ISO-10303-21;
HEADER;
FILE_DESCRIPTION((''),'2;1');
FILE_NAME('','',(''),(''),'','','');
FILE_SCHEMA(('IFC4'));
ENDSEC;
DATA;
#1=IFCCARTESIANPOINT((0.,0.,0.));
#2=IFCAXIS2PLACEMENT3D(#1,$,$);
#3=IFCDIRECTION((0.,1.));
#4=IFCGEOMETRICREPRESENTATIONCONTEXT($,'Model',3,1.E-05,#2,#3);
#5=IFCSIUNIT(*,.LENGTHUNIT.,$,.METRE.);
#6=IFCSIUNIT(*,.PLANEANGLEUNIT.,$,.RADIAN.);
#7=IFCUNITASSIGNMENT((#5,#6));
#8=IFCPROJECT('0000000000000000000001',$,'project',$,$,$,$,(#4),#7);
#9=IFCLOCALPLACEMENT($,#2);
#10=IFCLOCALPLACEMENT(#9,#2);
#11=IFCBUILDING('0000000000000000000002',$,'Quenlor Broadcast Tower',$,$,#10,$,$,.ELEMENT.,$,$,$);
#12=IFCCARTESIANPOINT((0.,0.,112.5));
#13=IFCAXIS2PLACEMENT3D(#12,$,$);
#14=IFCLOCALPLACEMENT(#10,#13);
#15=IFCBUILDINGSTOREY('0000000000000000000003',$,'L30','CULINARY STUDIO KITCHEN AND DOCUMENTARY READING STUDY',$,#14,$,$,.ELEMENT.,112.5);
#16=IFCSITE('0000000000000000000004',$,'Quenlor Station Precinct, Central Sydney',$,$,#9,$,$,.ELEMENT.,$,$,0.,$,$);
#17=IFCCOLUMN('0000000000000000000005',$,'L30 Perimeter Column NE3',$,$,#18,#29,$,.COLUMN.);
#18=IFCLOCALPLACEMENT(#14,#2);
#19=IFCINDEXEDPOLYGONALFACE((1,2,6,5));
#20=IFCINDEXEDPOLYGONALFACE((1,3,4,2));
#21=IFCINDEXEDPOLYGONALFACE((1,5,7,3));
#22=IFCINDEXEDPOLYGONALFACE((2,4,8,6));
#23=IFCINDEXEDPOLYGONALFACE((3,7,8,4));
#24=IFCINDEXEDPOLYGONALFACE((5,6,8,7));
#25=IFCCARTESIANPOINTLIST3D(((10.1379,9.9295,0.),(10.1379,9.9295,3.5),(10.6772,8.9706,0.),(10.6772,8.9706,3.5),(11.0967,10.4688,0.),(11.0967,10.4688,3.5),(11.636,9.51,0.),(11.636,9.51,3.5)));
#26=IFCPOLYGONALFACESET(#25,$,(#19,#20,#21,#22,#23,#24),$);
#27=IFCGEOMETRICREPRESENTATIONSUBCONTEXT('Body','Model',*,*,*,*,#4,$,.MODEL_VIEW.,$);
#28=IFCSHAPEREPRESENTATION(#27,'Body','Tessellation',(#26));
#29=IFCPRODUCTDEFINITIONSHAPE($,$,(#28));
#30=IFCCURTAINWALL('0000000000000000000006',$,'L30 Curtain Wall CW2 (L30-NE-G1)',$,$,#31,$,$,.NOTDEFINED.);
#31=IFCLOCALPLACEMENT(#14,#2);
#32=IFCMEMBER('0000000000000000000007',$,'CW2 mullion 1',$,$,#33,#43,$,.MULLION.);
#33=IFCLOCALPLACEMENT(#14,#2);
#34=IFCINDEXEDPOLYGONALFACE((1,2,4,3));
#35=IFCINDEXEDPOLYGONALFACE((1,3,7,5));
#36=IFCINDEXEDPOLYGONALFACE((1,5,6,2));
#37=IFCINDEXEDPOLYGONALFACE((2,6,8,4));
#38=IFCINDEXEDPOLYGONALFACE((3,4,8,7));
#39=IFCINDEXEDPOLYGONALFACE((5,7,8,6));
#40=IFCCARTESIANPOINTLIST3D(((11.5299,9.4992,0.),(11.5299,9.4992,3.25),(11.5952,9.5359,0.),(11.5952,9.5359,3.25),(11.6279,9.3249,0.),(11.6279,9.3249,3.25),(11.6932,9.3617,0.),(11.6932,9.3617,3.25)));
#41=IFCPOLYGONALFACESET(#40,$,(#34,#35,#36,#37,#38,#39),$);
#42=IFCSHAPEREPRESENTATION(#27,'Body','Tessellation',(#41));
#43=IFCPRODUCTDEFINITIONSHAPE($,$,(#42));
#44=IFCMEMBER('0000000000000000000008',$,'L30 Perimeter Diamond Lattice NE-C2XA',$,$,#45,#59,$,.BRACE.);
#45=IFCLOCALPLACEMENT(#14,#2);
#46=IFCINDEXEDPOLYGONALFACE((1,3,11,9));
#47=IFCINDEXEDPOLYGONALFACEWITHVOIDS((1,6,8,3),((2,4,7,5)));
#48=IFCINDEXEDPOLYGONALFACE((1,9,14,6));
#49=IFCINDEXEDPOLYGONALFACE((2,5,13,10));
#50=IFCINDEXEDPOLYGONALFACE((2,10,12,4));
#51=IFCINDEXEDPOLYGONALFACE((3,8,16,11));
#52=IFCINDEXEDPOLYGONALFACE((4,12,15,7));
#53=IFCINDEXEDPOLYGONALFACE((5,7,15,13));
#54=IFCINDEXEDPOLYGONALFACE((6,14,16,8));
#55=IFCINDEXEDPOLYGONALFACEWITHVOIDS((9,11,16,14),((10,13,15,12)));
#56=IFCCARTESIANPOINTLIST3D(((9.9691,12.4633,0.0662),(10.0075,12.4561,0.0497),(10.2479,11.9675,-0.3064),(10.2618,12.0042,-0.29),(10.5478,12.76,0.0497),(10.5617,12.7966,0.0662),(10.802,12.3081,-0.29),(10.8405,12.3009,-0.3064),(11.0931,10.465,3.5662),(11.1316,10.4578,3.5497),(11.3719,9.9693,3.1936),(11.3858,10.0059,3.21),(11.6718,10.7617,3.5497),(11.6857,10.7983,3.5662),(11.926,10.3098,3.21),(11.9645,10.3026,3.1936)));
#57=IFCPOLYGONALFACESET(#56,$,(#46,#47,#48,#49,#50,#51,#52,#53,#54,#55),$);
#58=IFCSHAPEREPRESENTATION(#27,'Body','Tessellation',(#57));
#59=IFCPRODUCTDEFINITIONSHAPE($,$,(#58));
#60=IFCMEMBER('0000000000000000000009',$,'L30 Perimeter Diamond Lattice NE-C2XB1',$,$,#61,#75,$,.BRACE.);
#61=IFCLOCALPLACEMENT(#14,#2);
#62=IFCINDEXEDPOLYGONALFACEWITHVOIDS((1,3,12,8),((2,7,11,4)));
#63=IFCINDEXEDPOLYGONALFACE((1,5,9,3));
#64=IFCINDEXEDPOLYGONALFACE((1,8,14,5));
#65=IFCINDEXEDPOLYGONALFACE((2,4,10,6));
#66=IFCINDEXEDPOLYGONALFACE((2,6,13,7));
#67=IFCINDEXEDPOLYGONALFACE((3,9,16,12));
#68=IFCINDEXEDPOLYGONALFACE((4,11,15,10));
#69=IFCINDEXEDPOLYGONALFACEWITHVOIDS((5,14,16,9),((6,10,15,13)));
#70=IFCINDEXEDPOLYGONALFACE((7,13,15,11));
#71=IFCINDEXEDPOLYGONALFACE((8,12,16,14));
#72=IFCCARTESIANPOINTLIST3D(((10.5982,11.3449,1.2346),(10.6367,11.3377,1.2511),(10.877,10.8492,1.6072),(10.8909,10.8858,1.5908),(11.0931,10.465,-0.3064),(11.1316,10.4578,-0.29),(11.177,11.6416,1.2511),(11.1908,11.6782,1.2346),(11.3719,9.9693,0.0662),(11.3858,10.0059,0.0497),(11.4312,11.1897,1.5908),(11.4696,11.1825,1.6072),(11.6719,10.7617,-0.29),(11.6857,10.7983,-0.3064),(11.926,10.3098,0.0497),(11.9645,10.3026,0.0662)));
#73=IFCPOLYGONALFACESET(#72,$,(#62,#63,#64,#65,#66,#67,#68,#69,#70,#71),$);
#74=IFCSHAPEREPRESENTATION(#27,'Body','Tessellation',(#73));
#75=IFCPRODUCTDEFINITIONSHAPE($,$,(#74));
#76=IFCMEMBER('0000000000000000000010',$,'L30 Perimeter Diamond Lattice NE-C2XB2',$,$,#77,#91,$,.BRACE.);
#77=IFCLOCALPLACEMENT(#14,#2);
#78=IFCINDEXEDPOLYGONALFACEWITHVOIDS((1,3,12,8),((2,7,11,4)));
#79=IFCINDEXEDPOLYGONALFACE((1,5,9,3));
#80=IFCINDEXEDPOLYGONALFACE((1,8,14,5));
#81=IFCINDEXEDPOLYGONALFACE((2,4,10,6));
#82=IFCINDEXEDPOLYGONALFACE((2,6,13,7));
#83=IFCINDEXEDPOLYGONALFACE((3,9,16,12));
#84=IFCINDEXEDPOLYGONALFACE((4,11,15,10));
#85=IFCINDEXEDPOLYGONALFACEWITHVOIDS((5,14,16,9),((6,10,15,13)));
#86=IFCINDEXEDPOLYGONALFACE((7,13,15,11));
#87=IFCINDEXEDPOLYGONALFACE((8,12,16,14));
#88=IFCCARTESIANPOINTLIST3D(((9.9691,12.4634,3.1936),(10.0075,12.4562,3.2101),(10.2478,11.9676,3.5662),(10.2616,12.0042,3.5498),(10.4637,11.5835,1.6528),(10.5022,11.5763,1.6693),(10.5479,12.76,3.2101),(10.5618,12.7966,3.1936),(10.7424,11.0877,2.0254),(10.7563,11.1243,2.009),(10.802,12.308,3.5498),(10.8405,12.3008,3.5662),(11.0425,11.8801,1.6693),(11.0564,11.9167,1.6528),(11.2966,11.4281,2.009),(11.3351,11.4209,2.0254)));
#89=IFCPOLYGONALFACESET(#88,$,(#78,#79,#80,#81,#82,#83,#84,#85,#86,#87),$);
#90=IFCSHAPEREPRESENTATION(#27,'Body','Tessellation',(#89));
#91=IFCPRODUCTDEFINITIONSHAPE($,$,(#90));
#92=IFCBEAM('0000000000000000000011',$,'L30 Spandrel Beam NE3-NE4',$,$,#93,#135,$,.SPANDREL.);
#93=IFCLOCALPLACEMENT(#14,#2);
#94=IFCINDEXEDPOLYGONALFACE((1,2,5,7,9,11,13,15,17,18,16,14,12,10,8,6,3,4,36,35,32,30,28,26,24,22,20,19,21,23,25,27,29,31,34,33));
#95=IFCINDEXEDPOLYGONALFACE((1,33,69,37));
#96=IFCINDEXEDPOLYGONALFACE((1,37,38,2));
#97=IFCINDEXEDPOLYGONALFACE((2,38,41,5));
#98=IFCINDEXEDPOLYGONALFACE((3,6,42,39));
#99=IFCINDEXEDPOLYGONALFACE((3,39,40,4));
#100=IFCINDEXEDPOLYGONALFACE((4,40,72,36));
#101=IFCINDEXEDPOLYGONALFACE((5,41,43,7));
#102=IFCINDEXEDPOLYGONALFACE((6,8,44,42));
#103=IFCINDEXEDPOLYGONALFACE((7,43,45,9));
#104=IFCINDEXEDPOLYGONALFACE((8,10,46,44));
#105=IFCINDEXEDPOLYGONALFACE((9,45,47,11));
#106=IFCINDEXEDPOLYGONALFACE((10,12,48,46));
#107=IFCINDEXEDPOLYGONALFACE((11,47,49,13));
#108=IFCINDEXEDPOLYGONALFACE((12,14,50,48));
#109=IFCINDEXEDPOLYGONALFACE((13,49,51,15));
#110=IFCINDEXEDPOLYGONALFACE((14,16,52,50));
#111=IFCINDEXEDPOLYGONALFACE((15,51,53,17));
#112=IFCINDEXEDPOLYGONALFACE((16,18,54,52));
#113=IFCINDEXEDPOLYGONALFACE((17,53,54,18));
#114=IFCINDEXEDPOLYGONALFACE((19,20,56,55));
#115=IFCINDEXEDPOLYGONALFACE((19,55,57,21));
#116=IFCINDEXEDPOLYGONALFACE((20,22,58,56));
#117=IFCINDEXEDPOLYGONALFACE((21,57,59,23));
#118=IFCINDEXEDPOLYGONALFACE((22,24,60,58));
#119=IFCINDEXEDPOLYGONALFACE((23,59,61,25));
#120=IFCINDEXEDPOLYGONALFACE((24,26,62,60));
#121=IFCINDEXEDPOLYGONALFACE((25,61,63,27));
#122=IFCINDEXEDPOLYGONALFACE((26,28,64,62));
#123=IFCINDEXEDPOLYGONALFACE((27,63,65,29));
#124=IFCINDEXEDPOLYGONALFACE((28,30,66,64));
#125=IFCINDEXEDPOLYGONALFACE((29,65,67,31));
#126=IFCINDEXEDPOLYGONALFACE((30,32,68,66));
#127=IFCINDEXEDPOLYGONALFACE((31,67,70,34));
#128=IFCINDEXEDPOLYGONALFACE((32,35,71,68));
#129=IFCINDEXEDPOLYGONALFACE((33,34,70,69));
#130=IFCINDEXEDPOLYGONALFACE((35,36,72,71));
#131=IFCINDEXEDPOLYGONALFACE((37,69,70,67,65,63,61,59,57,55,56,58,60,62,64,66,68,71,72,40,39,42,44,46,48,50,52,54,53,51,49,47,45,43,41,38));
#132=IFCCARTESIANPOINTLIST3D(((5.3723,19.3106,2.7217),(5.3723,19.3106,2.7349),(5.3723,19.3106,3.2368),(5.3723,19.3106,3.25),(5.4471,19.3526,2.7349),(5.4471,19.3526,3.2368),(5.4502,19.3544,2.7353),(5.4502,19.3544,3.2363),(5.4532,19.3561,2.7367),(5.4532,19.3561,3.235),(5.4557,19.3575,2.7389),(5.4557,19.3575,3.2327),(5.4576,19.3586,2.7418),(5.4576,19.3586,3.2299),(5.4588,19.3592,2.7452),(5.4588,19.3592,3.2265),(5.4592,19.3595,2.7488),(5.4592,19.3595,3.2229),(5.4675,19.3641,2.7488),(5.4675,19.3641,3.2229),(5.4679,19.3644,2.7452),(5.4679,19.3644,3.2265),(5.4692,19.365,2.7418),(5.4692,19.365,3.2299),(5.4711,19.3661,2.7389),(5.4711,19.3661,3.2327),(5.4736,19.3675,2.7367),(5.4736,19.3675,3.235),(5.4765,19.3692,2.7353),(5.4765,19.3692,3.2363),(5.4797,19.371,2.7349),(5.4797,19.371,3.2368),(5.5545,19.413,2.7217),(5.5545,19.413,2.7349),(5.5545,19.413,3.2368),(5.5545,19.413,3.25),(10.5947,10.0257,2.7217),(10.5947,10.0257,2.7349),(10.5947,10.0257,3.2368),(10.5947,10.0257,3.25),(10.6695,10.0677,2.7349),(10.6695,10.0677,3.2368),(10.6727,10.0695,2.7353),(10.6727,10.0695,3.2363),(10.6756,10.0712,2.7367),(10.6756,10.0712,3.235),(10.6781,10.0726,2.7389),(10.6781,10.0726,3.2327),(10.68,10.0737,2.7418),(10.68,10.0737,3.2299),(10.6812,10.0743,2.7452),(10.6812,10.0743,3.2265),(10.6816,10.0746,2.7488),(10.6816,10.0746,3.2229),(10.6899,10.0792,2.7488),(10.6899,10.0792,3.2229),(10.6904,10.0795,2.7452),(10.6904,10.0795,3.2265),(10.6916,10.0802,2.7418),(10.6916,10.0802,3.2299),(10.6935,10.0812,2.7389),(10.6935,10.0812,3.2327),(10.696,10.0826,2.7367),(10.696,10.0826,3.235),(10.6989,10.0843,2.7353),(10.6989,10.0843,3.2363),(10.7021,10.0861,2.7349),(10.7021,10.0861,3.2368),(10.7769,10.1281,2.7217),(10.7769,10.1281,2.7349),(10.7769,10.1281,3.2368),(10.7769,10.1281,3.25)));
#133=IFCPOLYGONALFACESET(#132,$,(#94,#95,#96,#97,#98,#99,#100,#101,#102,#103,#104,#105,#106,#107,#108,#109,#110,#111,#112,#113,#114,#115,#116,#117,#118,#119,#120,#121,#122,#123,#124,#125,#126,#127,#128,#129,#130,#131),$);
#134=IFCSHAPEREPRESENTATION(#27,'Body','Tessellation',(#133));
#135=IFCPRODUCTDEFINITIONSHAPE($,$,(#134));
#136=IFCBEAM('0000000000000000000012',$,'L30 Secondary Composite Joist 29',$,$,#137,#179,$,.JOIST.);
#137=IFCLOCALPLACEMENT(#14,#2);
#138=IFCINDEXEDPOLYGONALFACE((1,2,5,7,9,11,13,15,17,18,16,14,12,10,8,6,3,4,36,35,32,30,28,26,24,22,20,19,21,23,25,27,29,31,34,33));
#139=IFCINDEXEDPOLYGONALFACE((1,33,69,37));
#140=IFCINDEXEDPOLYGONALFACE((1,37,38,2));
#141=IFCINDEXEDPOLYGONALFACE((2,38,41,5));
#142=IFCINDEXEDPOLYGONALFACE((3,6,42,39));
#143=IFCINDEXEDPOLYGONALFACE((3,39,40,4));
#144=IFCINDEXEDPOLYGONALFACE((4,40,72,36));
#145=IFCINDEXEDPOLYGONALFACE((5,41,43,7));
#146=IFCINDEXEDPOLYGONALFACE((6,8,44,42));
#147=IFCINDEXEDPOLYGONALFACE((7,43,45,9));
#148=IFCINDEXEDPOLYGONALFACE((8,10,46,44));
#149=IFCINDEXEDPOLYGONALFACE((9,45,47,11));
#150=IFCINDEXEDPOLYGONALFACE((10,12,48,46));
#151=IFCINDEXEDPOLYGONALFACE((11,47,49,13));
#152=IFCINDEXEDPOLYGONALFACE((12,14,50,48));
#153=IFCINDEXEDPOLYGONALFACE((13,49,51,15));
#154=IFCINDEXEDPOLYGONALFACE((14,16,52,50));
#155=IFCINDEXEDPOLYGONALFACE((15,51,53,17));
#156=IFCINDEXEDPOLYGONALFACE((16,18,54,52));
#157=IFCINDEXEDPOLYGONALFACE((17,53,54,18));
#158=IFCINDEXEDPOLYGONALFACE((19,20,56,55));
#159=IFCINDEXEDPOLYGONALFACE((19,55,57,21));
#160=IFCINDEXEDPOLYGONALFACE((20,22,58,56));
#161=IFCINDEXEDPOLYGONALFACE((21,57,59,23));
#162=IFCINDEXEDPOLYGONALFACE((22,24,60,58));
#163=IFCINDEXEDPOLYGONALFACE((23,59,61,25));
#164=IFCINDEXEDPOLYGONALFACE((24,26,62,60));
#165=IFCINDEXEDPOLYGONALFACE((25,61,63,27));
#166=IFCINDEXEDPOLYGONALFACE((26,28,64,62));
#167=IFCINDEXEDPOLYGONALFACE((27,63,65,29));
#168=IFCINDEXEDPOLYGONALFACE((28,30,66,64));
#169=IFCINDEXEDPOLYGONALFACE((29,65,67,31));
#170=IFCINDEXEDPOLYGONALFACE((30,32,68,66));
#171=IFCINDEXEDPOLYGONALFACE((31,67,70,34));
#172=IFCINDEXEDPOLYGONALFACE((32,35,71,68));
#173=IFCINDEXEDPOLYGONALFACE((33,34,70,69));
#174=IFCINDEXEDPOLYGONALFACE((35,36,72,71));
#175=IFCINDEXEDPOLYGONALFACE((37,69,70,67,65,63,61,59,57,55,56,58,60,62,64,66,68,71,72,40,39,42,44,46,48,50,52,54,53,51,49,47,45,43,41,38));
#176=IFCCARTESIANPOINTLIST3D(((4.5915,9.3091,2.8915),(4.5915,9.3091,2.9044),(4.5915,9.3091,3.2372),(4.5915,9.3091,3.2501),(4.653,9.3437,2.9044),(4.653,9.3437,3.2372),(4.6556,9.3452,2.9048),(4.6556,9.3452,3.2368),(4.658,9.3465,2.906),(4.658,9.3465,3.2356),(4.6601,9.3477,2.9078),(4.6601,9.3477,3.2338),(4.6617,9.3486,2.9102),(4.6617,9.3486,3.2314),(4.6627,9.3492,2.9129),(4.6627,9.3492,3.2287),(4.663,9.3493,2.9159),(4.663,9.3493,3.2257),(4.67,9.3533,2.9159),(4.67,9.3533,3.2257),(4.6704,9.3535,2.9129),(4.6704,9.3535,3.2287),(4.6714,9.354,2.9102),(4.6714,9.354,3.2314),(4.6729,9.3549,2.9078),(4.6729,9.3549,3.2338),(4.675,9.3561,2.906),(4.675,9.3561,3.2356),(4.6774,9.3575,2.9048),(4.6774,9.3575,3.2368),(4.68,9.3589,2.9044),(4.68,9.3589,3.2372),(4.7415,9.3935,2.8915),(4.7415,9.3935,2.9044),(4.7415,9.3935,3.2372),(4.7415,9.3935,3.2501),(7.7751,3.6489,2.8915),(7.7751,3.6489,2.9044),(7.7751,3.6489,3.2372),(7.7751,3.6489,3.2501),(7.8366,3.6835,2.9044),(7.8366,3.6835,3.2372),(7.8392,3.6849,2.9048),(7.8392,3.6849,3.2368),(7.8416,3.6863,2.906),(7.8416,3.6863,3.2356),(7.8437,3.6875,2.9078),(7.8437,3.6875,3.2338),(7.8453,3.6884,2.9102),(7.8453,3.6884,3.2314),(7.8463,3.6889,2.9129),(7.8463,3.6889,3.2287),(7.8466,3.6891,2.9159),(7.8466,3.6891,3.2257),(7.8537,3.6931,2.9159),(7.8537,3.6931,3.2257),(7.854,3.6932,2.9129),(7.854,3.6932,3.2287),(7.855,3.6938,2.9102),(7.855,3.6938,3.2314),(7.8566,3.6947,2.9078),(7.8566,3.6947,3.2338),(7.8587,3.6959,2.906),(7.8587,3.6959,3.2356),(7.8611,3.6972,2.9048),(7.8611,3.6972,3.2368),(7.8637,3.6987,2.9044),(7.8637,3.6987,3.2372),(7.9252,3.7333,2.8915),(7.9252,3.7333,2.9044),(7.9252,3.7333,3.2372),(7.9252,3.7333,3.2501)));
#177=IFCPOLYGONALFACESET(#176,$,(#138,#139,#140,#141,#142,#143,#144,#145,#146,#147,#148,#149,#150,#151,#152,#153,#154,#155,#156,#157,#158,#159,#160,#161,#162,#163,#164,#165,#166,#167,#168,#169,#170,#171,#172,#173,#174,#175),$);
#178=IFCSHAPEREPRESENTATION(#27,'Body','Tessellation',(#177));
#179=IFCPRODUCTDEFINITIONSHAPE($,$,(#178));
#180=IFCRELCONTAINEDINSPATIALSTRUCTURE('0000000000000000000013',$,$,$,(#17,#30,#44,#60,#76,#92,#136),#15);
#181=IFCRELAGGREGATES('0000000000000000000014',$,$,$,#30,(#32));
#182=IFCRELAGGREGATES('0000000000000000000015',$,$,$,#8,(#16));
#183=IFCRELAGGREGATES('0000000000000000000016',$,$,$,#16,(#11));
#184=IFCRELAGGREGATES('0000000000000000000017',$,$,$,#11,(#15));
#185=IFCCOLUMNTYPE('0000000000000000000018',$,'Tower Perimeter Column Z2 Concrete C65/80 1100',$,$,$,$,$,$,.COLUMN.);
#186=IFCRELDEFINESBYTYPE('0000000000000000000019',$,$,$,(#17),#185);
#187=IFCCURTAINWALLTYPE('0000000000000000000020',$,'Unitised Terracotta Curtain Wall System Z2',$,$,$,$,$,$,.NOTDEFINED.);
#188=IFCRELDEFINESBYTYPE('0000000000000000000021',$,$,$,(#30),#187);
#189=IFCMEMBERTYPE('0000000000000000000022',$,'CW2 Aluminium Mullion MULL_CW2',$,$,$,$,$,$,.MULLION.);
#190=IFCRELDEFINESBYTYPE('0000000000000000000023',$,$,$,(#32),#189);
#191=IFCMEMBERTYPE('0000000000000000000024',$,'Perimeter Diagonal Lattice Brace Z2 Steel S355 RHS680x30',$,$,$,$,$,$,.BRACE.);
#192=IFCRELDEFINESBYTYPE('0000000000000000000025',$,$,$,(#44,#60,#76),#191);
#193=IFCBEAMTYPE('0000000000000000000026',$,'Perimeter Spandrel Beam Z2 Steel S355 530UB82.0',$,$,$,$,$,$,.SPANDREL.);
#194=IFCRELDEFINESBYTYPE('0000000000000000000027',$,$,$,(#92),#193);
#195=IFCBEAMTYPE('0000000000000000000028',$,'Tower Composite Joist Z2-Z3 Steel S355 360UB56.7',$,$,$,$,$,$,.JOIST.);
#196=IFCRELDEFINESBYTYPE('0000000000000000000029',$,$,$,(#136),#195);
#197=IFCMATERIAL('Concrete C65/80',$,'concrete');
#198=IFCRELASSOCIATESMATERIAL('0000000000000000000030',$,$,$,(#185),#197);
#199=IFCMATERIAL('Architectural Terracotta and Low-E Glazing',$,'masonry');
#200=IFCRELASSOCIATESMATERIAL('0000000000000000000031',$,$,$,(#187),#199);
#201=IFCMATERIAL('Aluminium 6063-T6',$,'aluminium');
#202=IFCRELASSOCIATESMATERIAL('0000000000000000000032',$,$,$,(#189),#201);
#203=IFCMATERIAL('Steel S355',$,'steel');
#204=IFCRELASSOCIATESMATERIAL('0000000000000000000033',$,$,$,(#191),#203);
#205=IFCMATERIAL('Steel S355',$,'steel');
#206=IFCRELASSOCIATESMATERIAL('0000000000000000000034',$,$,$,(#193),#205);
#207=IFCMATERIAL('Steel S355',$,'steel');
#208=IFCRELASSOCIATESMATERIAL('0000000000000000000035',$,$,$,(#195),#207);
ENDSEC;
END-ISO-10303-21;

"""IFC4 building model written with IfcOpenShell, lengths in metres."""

from ifc_helpers import new_model, si_unit, direction, frame, origin, origin_2d, place, context, subcontext, project, spatial, rectangle, hollow_rectangle, i_section, extrude, material, material_profile, profile_set, type_object, element, aggregate, save


model = new_model("IFC4")

# Units and contexts
model_context = context("Model", 3, precision=1e-05, world=origin(), true_north=direction((0.0, 1.0)))
body_context = subcontext(model_context, "Body", "Model", "MODEL_VIEW")
ifc_project = project(units=[si_unit("LENGTHUNIT", "METRE"), si_unit("PLANEANGLEUNIT", "RADIAN")], contexts=[model_context])

# Site, building, storey
site_placement = place(None, origin())
site = spatial("IfcSite", under=ifc_project, at=site_placement, Name="Quenlor Station Precinct, Central Sydney", CompositionType="ELEMENT", RefElevation=0.0)
building_placement = place(site_placement, origin())
building = spatial("IfcBuilding", under=site, at=building_placement, Name="Quenlor Broadcast Tower", CompositionType="ELEMENT")
storey_placement = place(building_placement, frame((0.0, 0.0, 112.5)))
storey = spatial("IfcBuildingStorey", under=building, at=storey_placement, Name="L30", Description="CULINARY STUDIO KITCHEN AND DOCUMENTARY READING STUDY", CompositionType="ELEMENT", Elevation=112.5)

# Column
ifc_material_1 = material(Name="Concrete C65/80", Category="concrete")
ifc_material_profile_1 = material_profile(ifc_material_1, rectangle(XDim=1.1001, YDim=1.1001, at=origin_2d()))
ifc_profile_set_1 = profile_set([ifc_material_profile_1], Name="Concrete C65/80 RC1100x1100")
column_type = type_object("IfcColumnType", Name="Tower Perimeter Column Z2 Concrete C65/80 1100", PredefinedType="COLUMN", material=ifc_profile_set_1)
column_placement = place(storey_placement, frame((10.887, 9.7197, 0.0), z_axis=(0.0, 0.0, 1.0), x_axis=(0.871575, 0.490262, 0.0)))
element("IfcColumn", 1, at=column_placement, inside=storey, type_object=column_type, Name="L30 Perimeter Column NE3", PredefinedType="COLUMN", context=body_context, shape_type="SweptSolid", body=[
    extrude(rectangle(XDim=1.1001, YDim=1.1001, at=origin_2d()), origin(), (0.0, 0.0, 1.0), 3.5),
])

# Curtain wall, member
ifc_material_2 = material(Name="Architectural Terracotta and Low-E Glazing", Category="masonry")
curtain_wall_type = type_object("IfcCurtainWallType", Name="Unitised Terracotta Curtain Wall System Z2", PredefinedType="NOTDEFINED", material=ifc_material_2)
curtain_wall_placement = place(storey_placement, origin())
curtain_wall = element("IfcCurtainWall", 2, at=curtain_wall_placement, inside=storey, type_object=curtain_wall_type, Name="L30 Curtain Wall CW2 (L30-NE-G1)", PredefinedType="NOTDEFINED")
ifc_material_3 = material(Name="Aluminium 6063-T6", Category="aluminium")
ifc_material_profile_2 = material_profile(ifc_material_3, rectangle(XDim=0.075, YDim=0.2, at=origin_2d()))
ifc_profile_set_2 = profile_set([ifc_material_profile_2], Name="Aluminium 6063-T6 MULL75x200")
member_type_1 = type_object("IfcMemberType", Name="CW2 Aluminium Mullion MULL_CW2", PredefinedType="MULLION", material=ifc_profile_set_2)
member_1_placement = place(storey_placement, frame((11.6116, 9.4304, 0.0), z_axis=(0.0, 0.0, 1.0), x_axis=(0.871576, 0.490261, 0.0)))
member_1 = element("IfcMember", 3, at=member_1_placement, type_object=member_type_1, Name="CW2 mullion 1", PredefinedType="MULLION", context=body_context, shape_type="SweptSolid", body=[
    extrude(rectangle(XDim=0.075, YDim=0.2, at=origin_2d()), origin(), (0.0, 0.0, 1.0), 3.25),
])
aggregate(curtain_wall, [member_1])

# Members
ifc_material_4 = material(Name="Steel S355", Category="steel")
ifc_material_profile_3 = material_profile(ifc_material_4, hollow_rectangle(XDim=0.6799, YDim=0.6799, WallThickness=0.03, at=origin_2d()))
ifc_profile_set_3 = profile_set([ifc_material_profile_3], Name="Steel S355 RHS680x680x30")
member_type_2 = type_object("IfcMemberType", Name="Perimeter Diagonal Lattice Brace Z2 Steel S355 RHS680x30", PredefinedType="BRACE", material=ifc_profile_set_3)
member_2_placement = place(storey_placement, frame((10.4048, 12.3821, -0.1201), z_axis=(0.268642, -0.477593, 0.836502), x_axis=(0.871578, 0.490256, 0.0)))
element("IfcMember", 4, at=member_2_placement, inside=storey, type_object=member_type_2, Name="L30 Perimeter Diamond Lattice NE-C2XA", PredefinedType="BRACE", context=body_context, shape_type="SweptSolid", body=[
    extrude(hollow_rectangle(XDim=0.6799, YDim=0.6799, WallThickness=0.03, at=origin_2d()), origin(), (0.0, 0.0, 1.0), 4.1841),
])
member_3_placement = place(storey_placement, frame((11.5288, 10.3838, -0.1201), z_axis=(-0.268627, 0.477618, 0.836493), x_axis=(-0.871601, -0.490215, 0.0)))
element("IfcMember", 5, at=member_3_placement, inside=storey, type_object=member_type_2, Name="L30 Perimeter Diamond Lattice NE-C2XB1", PredefinedType="BRACE", context=body_context, shape_type="SweptSolid", body=[
    extrude(hollow_rectangle(XDim=0.6799, YDim=0.6799, WallThickness=0.03, at=origin_2d()), origin(), (0.0, 0.0, 1.0), 1.8423),
])
member_4_placement = place(storey_placement, frame((10.8994, 11.5022, 1.8391), z_axis=(-0.268534, 0.477688, 0.836483), x_axis=(-0.871705, -0.490032, 0.0)))
element("IfcMember", 6, at=member_4_placement, inside=storey, type_object=member_type_2, Name="L30 Perimeter Diamond Lattice NE-C2XB2", PredefinedType="BRACE", context=body_context, shape_type="SweptSolid", body=[
    extrude(hollow_rectangle(XDim=0.6799, YDim=0.6799, WallThickness=0.03, at=origin_2d()), origin(), (0.0, 0.0, 1.0), 1.842),
])

# Beams
ifc_material_5 = material(Name="Steel S355", Category="steel")
ifc_material_profile_4 = material_profile(ifc_material_5, i_section(OverallWidth=0.209, OverallDepth=0.5283, WebThickness=0.0095, FlangeThickness=0.0132, FilletRadius=0.0139, at=origin_2d()))
ifc_profile_set_4 = profile_set([ifc_material_profile_4], Name="Steel S355 530UB82.0")
beam_type_1 = type_object("IfcBeamType", Name="Perimeter Spandrel Beam Z2 Steel S355 530UB82.0", PredefinedType="SPANDREL", material=ifc_profile_set_4)
beam_1_placement = place(storey_placement, frame((10.6858, 10.0769, 2.9858), z_axis=(-0.490236, 0.87159, 0.0), x_axis=(-0.87159, -0.490236, 0.0)))
element("IfcBeam", 7, at=beam_1_placement, inside=storey, type_object=beam_type_1, Name="L30 Spandrel Beam NE3-NE4", PredefinedType="SPANDREL", context=body_context, shape_type="SweptSolid", body=[
    extrude(i_section(OverallWidth=0.209, OverallDepth=0.5283, WebThickness=0.0095, FlangeThickness=0.0132, FilletRadius=0.0139, at=origin_2d()), origin(), (0.0, 0.0, 1.0), 10.6528),
])
ifc_material_6 = material(Name="Steel S355", Category="steel")
ifc_material_profile_5 = material_profile(ifc_material_6, i_section(OverallWidth=0.1721, OverallDepth=0.3586, WebThickness=0.0081, FlangeThickness=0.0129, FilletRadius=0.0115, at=origin_2d()))
ifc_profile_set_5 = profile_set([ifc_material_profile_5], Name="Steel S355 360UB56.7")
beam_type_2 = type_object("IfcBeamType", Name="Tower Composite Joist Z2-Z3 Steel S355 360UB56.7", PredefinedType="JOIST", material=ifc_profile_set_5)
beam_2_placement = place(storey_placement, frame((4.6665, 9.3513, 3.0708), z_axis=(0.490233, -0.871592, 0.0), x_axis=(0.871592, 0.490233, 0.0)))
element("IfcBeam", 8, at=beam_2_placement, inside=storey, type_object=beam_type_2, Name="L30 Secondary Composite Joist 29", PredefinedType="JOIST", context=body_context, shape_type="SweptSolid", body=[
    extrude(i_section(OverallWidth=0.1721, OverallDepth=0.3586, WebThickness=0.0081, FlangeThickness=0.0129, FilletRadius=0.0115, at=origin_2d()), origin(), (0.0, 0.0, 1.0), 6.4941),
])

save(model, "model.ifc")
